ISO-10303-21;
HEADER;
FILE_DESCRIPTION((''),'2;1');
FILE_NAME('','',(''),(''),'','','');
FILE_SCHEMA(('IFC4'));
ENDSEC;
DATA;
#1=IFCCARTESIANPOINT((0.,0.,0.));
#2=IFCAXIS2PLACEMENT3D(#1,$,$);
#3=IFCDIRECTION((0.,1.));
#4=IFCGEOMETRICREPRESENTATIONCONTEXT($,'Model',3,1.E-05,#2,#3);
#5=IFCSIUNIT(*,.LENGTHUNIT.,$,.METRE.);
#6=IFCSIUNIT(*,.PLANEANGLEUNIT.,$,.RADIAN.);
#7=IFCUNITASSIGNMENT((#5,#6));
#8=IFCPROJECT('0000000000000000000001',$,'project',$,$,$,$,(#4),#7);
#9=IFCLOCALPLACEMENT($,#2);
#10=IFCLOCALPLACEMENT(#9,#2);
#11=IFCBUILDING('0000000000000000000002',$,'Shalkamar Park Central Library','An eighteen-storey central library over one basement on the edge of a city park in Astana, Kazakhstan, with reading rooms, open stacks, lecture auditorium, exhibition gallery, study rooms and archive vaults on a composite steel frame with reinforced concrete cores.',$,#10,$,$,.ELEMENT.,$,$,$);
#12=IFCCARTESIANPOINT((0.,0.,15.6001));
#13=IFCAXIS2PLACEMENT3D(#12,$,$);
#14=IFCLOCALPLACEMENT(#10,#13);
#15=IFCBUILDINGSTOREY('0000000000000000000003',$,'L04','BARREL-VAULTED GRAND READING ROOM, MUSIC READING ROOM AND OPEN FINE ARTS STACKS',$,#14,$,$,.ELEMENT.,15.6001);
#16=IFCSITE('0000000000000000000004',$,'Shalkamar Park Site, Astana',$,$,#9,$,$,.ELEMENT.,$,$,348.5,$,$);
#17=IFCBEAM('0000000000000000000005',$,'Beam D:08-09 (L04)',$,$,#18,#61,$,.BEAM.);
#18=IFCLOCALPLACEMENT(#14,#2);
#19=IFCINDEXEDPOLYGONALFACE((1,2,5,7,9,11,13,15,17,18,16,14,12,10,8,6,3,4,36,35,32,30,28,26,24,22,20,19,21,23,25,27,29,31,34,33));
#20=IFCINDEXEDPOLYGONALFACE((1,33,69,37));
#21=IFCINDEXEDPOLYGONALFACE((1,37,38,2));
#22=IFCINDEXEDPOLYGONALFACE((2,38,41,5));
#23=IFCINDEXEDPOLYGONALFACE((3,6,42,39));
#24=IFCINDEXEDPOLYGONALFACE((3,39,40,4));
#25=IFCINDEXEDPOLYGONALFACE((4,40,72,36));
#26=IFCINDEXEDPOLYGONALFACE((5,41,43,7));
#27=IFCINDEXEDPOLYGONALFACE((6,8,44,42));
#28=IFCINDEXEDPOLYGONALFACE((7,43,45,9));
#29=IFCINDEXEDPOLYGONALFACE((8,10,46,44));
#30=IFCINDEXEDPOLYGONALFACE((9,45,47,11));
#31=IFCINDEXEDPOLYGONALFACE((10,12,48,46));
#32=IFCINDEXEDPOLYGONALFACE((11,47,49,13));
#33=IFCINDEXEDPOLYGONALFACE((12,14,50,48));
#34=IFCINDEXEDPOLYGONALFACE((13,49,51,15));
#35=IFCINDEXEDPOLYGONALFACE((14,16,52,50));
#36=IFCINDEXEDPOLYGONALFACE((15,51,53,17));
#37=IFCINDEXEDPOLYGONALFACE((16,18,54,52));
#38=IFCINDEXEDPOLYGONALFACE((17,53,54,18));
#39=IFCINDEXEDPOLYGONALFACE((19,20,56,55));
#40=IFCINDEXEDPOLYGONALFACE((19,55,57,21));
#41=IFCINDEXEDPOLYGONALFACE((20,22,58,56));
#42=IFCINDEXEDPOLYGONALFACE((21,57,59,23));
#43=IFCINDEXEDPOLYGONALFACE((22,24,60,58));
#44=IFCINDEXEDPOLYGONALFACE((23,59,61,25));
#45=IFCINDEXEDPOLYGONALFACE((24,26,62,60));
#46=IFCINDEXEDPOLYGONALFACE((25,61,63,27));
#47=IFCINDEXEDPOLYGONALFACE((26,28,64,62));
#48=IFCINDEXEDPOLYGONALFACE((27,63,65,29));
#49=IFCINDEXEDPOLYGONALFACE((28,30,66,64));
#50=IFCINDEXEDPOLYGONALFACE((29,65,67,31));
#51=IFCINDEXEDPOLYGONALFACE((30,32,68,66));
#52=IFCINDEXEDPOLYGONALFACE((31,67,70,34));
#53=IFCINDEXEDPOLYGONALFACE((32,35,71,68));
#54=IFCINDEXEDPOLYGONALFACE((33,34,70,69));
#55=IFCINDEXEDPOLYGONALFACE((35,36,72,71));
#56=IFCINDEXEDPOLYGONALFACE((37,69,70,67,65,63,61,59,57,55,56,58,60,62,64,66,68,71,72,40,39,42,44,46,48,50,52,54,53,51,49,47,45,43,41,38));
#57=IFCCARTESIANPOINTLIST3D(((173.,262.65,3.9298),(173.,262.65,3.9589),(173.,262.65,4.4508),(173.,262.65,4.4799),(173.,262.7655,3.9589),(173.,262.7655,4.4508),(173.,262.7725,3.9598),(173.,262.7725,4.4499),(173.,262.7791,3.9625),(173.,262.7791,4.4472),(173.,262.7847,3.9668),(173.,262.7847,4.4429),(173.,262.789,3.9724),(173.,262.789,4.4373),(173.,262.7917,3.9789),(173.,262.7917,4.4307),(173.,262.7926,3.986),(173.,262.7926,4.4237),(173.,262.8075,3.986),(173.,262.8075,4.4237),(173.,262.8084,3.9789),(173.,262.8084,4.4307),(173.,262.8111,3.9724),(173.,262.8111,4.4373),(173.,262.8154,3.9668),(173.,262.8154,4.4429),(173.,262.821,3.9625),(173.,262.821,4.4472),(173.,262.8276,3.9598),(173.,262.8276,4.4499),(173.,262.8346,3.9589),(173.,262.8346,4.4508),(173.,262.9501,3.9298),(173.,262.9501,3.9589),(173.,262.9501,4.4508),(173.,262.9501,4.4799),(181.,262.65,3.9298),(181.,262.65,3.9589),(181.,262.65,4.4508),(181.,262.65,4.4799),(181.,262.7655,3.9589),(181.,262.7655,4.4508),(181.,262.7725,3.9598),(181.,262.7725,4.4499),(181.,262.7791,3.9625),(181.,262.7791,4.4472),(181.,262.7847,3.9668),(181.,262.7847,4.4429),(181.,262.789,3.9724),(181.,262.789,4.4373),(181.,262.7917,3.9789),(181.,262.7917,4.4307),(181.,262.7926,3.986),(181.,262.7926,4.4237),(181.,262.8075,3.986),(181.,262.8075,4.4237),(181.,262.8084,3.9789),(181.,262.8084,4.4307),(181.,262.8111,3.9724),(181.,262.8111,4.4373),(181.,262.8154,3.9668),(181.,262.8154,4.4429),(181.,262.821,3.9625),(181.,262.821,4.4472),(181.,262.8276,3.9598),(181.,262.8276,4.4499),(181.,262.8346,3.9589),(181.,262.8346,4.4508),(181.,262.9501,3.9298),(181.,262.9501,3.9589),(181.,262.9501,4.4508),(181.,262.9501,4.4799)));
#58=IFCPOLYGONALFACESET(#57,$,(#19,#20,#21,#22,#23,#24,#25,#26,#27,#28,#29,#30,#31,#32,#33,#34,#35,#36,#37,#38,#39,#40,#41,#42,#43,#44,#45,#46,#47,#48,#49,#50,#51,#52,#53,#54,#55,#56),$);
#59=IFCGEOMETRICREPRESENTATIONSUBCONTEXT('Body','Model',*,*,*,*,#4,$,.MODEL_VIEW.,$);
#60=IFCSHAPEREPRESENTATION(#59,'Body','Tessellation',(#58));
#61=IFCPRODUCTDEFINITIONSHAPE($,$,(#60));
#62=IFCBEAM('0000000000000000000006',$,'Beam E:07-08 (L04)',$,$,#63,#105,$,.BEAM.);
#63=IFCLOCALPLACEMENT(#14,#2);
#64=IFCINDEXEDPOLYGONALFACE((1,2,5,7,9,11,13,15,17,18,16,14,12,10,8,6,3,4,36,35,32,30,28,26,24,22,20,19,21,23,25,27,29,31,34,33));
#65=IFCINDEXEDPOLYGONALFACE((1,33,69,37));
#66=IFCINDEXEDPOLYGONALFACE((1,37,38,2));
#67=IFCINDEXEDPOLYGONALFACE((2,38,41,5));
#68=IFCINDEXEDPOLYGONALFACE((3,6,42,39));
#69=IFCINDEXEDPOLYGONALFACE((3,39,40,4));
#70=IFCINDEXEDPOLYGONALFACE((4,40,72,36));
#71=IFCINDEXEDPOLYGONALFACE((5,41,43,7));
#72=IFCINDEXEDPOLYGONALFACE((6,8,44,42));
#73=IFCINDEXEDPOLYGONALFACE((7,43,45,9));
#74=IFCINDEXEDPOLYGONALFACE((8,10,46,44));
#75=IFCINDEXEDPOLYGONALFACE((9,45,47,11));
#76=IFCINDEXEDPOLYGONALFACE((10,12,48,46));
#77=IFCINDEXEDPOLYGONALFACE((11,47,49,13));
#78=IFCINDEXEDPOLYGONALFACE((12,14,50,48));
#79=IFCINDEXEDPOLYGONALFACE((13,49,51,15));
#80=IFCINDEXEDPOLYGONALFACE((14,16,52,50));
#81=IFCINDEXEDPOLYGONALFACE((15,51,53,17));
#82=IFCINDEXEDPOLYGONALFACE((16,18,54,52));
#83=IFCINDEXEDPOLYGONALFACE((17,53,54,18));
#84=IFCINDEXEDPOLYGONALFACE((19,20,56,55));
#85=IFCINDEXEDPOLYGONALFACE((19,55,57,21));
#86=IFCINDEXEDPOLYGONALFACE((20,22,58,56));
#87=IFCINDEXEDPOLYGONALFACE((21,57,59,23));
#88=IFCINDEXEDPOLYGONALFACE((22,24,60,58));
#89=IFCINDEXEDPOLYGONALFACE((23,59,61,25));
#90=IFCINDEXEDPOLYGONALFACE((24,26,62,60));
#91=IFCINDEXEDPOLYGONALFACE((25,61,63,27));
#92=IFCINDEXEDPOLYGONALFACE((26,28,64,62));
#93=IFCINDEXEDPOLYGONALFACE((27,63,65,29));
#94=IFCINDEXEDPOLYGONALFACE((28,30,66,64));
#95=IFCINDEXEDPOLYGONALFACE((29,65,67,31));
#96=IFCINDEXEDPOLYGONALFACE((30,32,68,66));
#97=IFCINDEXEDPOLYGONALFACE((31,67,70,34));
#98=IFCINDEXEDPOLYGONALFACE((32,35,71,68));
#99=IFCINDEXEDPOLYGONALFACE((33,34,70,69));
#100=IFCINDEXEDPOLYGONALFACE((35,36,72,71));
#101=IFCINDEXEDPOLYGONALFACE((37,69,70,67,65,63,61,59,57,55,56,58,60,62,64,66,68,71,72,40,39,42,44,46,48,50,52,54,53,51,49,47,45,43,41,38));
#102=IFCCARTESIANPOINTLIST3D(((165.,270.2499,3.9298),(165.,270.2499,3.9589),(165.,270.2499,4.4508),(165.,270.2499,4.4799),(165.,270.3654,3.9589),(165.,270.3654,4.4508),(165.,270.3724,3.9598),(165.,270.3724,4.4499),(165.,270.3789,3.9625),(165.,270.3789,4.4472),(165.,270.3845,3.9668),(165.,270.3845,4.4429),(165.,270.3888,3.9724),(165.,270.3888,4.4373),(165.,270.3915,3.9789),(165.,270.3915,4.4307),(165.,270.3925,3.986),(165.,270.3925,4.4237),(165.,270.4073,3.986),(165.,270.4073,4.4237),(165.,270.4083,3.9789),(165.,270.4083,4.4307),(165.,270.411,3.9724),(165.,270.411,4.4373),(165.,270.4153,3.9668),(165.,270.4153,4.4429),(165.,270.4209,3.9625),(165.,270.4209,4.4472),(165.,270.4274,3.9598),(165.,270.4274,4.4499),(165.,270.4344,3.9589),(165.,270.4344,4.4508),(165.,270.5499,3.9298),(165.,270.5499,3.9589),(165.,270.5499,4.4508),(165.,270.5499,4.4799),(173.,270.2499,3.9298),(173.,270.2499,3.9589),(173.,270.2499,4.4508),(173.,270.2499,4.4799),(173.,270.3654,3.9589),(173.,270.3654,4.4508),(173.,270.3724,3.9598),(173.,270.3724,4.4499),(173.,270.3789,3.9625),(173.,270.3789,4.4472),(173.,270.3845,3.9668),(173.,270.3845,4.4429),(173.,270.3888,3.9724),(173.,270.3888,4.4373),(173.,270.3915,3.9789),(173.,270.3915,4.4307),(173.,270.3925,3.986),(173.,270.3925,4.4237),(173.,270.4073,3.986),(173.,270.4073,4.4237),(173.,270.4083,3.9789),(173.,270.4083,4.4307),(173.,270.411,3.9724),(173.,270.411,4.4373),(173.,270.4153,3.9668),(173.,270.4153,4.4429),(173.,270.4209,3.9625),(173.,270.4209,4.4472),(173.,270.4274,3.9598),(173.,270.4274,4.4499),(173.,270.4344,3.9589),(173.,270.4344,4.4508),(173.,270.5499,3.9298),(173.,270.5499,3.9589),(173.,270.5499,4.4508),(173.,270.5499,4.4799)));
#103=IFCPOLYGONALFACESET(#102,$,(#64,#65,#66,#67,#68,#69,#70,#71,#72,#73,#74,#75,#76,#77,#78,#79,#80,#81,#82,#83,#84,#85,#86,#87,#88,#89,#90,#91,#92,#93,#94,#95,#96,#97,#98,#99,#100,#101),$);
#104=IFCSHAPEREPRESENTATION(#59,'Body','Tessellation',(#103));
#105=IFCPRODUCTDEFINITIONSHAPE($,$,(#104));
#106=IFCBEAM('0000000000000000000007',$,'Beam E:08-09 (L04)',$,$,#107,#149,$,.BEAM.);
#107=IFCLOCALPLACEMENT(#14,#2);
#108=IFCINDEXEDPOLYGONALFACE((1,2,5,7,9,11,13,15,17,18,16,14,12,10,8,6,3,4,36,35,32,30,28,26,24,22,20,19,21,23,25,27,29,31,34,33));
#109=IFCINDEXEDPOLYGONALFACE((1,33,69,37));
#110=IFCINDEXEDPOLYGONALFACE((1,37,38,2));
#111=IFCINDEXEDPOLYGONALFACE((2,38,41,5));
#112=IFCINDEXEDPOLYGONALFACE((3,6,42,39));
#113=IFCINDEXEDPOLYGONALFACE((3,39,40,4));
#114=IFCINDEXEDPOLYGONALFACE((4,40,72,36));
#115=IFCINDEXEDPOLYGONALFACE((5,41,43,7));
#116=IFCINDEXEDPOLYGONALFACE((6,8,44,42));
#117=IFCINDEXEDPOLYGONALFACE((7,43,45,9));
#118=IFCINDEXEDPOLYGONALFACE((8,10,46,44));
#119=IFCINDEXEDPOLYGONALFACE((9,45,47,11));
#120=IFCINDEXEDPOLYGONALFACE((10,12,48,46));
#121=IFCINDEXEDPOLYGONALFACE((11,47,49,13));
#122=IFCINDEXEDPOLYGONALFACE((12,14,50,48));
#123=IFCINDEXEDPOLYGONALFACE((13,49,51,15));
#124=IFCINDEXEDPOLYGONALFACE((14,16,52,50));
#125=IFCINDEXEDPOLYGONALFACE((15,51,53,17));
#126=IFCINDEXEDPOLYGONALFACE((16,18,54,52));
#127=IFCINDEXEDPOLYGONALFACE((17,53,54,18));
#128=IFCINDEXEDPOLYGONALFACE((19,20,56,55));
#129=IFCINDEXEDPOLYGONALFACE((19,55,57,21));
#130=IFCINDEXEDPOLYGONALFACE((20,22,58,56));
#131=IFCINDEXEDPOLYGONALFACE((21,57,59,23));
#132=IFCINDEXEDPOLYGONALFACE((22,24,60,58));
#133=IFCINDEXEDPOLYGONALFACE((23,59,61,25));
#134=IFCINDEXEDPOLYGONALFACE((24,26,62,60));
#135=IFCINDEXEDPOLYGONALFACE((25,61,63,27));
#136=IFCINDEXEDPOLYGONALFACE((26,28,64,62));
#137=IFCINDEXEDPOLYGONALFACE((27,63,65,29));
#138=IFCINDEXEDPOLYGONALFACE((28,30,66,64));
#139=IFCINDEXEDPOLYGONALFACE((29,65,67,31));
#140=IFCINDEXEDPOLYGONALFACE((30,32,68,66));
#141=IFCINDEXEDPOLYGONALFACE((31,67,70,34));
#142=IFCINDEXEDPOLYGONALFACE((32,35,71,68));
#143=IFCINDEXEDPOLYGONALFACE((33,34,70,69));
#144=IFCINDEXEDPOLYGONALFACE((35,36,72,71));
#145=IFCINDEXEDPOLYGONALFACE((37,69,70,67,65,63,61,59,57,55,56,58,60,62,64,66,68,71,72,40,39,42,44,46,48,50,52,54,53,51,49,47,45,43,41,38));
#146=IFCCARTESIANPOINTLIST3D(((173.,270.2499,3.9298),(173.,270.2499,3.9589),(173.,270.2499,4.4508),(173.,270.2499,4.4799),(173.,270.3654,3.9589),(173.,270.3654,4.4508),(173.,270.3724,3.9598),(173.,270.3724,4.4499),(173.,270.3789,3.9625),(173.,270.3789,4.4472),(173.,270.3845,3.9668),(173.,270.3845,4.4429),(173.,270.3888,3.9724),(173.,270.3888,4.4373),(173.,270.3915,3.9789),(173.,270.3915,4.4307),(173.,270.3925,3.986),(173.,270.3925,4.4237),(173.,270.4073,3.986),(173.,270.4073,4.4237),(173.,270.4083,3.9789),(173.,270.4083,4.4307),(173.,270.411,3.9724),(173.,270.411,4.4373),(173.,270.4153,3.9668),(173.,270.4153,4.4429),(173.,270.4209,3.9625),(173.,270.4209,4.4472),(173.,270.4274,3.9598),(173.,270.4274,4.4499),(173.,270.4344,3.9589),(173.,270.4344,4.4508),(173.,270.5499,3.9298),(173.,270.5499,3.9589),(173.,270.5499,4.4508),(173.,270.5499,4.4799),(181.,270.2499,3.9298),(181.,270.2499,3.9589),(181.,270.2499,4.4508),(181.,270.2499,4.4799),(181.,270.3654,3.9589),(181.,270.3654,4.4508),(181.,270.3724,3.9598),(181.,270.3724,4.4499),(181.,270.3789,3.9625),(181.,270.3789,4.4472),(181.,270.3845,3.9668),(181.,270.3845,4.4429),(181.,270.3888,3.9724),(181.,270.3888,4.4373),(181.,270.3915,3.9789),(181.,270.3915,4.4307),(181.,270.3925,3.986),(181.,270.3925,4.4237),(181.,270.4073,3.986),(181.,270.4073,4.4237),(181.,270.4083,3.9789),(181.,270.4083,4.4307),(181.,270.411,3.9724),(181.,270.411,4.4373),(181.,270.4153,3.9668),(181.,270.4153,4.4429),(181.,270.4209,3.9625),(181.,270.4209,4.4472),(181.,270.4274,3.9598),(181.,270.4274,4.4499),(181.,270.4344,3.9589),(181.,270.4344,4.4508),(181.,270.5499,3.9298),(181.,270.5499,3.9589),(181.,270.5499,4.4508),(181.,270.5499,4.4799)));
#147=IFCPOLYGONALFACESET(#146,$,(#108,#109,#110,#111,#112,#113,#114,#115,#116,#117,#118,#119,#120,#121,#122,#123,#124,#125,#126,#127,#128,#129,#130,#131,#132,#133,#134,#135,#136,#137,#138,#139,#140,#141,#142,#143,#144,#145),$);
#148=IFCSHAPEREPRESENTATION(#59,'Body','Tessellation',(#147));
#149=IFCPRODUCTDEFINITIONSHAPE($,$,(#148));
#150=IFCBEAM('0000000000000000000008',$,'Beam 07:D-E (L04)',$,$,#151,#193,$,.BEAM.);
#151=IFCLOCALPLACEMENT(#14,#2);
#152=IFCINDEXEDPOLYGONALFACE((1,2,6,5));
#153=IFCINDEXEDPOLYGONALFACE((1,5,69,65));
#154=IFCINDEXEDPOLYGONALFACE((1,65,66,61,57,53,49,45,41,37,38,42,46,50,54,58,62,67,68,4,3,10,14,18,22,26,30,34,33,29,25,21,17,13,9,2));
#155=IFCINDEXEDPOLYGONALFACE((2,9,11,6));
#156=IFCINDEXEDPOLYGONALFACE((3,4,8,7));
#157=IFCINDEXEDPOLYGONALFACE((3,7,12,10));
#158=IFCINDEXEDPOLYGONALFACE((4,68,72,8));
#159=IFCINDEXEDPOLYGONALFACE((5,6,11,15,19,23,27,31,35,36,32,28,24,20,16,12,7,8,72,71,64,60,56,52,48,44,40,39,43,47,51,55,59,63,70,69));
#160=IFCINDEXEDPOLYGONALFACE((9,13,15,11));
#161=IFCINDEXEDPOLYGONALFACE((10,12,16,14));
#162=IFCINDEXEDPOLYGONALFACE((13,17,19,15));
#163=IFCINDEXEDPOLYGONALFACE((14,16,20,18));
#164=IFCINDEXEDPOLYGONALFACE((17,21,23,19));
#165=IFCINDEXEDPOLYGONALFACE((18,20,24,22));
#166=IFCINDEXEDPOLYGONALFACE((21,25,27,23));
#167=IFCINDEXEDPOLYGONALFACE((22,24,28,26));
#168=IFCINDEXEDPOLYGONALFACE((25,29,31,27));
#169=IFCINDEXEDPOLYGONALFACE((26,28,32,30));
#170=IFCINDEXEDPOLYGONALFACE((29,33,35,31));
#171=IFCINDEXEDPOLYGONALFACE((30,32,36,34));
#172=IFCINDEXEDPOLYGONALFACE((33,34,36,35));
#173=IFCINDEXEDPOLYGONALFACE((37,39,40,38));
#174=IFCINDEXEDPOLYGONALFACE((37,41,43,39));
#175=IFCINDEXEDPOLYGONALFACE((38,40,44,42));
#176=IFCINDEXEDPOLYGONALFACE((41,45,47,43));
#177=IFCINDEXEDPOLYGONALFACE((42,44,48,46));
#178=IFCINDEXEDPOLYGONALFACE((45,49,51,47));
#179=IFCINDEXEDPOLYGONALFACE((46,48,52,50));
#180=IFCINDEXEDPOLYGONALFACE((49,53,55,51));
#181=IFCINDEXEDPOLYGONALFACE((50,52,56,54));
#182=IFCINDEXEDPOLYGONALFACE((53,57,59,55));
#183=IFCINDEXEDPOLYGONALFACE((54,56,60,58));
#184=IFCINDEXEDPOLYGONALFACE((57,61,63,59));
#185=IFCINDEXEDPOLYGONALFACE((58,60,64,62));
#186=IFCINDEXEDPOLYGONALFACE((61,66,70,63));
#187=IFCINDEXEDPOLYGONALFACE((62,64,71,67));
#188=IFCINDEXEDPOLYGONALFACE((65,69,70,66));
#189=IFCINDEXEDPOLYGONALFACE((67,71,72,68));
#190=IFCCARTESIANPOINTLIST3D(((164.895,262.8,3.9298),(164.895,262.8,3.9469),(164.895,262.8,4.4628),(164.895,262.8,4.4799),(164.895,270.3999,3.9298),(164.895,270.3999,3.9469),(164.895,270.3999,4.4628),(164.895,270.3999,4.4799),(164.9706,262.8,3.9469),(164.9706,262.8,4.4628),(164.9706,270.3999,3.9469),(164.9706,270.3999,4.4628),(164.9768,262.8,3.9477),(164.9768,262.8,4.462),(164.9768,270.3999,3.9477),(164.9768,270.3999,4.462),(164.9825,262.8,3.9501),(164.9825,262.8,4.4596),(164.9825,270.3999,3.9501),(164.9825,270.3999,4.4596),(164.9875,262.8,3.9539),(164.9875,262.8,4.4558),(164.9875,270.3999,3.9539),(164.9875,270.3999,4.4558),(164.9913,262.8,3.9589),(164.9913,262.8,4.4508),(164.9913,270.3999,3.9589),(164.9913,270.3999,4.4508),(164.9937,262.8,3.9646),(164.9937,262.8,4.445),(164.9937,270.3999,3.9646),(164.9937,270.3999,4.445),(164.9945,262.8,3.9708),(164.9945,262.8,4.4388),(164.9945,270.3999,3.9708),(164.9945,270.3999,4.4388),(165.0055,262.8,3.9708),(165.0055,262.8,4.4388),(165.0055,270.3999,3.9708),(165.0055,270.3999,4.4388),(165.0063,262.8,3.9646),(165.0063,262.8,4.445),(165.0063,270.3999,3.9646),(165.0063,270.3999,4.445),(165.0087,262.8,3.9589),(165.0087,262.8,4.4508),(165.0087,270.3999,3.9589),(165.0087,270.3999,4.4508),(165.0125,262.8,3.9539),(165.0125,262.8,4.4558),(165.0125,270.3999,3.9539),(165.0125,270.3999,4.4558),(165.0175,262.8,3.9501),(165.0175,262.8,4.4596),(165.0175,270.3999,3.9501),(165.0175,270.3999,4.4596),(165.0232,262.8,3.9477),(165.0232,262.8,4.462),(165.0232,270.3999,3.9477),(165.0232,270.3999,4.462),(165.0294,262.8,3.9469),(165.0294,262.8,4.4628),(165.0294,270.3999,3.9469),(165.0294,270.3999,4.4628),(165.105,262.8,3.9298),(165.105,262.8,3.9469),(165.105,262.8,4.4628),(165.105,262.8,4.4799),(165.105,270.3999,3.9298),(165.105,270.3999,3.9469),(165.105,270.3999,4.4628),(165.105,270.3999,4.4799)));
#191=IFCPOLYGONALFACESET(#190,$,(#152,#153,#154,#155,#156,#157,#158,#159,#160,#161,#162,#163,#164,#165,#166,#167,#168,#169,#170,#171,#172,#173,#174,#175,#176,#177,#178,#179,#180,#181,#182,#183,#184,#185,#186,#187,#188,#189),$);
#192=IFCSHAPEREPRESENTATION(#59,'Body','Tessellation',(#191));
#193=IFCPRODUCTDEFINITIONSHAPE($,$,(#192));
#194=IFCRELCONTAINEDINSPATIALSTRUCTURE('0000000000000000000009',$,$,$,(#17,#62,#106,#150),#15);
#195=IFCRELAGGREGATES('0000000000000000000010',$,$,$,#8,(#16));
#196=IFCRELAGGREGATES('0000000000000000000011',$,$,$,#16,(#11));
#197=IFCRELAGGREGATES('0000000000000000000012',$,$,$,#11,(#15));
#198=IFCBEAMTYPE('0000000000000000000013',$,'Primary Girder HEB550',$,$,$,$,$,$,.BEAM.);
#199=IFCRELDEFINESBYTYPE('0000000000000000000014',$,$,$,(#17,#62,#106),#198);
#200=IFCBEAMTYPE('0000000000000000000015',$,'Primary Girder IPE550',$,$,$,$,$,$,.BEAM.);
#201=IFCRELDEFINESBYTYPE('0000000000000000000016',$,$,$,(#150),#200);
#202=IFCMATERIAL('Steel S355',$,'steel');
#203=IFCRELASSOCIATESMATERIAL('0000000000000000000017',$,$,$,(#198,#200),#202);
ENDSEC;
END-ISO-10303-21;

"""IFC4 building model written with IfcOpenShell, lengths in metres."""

from ifc_helpers import new_model, si_unit, direction, frame, origin, origin_2d, place, context, subcontext, project, spatial, i_section, extrude, material, material_profile, profile_set, type_object, element, save


model = new_model("IFC4")

# Units and contexts
model_context = context("Model", 3, precision=1e-05, world=origin(), true_north=direction((0.0, 1.0)))
body_context = subcontext(model_context, "Body", "Model", "MODEL_VIEW")
ifc_project = project(units=[si_unit("LENGTHUNIT", "METRE"), si_unit("PLANEANGLEUNIT", "RADIAN")], contexts=[model_context])

# Site, building, storey
site_placement = place(None, origin())
site = spatial("IfcSite", under=ifc_project, at=site_placement, Name="Shalkamar Park Site, Astana", CompositionType="ELEMENT", RefElevation=348.5)
building_placement = place(site_placement, origin())
building = spatial("IfcBuilding", under=site, at=building_placement, Name="Shalkamar Park Central Library", Description="An eighteen-storey central library over one basement on the edge of a city park in Astana, Kazakhstan, with reading rooms, open stacks, lecture auditorium, exhibition gallery, study rooms and archive vaults on a composite steel frame with reinforced concrete cores.", CompositionType="ELEMENT")
storey_placement = place(building_placement, frame((0.0, 0.0, 15.6001)))
storey = spatial("IfcBuildingStorey", under=building, at=storey_placement, Name="L04", Description="BARREL-VAULTED GRAND READING ROOM, MUSIC READING ROOM AND OPEN FINE ARTS STACKS", CompositionType="ELEMENT", Elevation=15.6001)

# Shared definitions
ifc_material_1 = material(Name="Steel S355", Category="steel")

# Beams
ifc_material_profile_1 = material_profile(ifc_material_1, i_section(OverallWidth=0.3, OverallDepth=0.55, WebThickness=0.0149, FlangeThickness=0.0291, FilletRadius=0.0271, at=origin_2d()), Name="HEB 550")
ifc_profile_set_1 = profile_set([ifc_material_profile_1], Name="Steel S355")
beam_type_1 = type_object("IfcBeamType", Name="Primary Girder HEB550", PredefinedType="BEAM", material=ifc_profile_set_1)
for number, where, z_axis, x_axis, name in (
    (1, (173.0, 262.8, 4.2048), (1.0, 0.0, 0.0), (0.0, 1.0, 0.0), "Beam D:08-09 (L04)"),
    (2, (165.0, 270.3999, 4.2048), (1.0, 0.0, 0.0), (0.0, 1.0, 0.0), "Beam E:07-08 (L04)"),
    (3, (173.0, 270.3999, 4.2048), (1.0, 0.0, 0.0), (0.0, 1.0, 0.0), "Beam E:08-09 (L04)"),
):
    element("IfcBeam", number, at=place(storey_placement, frame(where, z_axis=z_axis, x_axis=x_axis)), inside=storey, type_object=beam_type_1, Name=name, PredefinedType="BEAM", context=body_context, shape_type="SweptSolid", body=[
        extrude(i_section(OverallWidth=0.3, OverallDepth=0.55, WebThickness=0.0149, FlangeThickness=0.0291, FilletRadius=0.0271, at=origin_2d()), origin(), (0.0, 0.0, 1.0), 8.0),
    ])
ifc_material_profile_2 = material_profile(ifc_material_1, i_section(OverallWidth=0.21, OverallDepth=0.55, WebThickness=0.011, FlangeThickness=0.0171, FilletRadius=0.0239, at=origin_2d()), Name="IPE 550")
ifc_profile_set_2 = profile_set([ifc_material_profile_2], Name="Steel S355")
beam_type_2 = type_object("IfcBeamType", Name="Primary Girder IPE550", PredefinedType="BEAM", material=ifc_profile_set_2)
beam_1_placement = place(storey_placement, frame((165.0, 262.8, 4.2048), z_axis=(0.0, 1.0, 0.0), x_axis=(-1.0, 0.0, 0.0)))
element("IfcBeam", 4, at=beam_1_placement, inside=storey, type_object=beam_type_2, Name="Beam 07:D-E (L04)", PredefinedType="BEAM", context=body_context, shape_type="SweptSolid", body=[
    extrude(i_section(OverallWidth=0.21, OverallDepth=0.55, WebThickness=0.011, FlangeThickness=0.0171, FilletRadius=0.0239, at=origin_2d()), origin(), (0.0, 0.0, 1.0), 7.5999),
])

save(model, "model.ifc")
